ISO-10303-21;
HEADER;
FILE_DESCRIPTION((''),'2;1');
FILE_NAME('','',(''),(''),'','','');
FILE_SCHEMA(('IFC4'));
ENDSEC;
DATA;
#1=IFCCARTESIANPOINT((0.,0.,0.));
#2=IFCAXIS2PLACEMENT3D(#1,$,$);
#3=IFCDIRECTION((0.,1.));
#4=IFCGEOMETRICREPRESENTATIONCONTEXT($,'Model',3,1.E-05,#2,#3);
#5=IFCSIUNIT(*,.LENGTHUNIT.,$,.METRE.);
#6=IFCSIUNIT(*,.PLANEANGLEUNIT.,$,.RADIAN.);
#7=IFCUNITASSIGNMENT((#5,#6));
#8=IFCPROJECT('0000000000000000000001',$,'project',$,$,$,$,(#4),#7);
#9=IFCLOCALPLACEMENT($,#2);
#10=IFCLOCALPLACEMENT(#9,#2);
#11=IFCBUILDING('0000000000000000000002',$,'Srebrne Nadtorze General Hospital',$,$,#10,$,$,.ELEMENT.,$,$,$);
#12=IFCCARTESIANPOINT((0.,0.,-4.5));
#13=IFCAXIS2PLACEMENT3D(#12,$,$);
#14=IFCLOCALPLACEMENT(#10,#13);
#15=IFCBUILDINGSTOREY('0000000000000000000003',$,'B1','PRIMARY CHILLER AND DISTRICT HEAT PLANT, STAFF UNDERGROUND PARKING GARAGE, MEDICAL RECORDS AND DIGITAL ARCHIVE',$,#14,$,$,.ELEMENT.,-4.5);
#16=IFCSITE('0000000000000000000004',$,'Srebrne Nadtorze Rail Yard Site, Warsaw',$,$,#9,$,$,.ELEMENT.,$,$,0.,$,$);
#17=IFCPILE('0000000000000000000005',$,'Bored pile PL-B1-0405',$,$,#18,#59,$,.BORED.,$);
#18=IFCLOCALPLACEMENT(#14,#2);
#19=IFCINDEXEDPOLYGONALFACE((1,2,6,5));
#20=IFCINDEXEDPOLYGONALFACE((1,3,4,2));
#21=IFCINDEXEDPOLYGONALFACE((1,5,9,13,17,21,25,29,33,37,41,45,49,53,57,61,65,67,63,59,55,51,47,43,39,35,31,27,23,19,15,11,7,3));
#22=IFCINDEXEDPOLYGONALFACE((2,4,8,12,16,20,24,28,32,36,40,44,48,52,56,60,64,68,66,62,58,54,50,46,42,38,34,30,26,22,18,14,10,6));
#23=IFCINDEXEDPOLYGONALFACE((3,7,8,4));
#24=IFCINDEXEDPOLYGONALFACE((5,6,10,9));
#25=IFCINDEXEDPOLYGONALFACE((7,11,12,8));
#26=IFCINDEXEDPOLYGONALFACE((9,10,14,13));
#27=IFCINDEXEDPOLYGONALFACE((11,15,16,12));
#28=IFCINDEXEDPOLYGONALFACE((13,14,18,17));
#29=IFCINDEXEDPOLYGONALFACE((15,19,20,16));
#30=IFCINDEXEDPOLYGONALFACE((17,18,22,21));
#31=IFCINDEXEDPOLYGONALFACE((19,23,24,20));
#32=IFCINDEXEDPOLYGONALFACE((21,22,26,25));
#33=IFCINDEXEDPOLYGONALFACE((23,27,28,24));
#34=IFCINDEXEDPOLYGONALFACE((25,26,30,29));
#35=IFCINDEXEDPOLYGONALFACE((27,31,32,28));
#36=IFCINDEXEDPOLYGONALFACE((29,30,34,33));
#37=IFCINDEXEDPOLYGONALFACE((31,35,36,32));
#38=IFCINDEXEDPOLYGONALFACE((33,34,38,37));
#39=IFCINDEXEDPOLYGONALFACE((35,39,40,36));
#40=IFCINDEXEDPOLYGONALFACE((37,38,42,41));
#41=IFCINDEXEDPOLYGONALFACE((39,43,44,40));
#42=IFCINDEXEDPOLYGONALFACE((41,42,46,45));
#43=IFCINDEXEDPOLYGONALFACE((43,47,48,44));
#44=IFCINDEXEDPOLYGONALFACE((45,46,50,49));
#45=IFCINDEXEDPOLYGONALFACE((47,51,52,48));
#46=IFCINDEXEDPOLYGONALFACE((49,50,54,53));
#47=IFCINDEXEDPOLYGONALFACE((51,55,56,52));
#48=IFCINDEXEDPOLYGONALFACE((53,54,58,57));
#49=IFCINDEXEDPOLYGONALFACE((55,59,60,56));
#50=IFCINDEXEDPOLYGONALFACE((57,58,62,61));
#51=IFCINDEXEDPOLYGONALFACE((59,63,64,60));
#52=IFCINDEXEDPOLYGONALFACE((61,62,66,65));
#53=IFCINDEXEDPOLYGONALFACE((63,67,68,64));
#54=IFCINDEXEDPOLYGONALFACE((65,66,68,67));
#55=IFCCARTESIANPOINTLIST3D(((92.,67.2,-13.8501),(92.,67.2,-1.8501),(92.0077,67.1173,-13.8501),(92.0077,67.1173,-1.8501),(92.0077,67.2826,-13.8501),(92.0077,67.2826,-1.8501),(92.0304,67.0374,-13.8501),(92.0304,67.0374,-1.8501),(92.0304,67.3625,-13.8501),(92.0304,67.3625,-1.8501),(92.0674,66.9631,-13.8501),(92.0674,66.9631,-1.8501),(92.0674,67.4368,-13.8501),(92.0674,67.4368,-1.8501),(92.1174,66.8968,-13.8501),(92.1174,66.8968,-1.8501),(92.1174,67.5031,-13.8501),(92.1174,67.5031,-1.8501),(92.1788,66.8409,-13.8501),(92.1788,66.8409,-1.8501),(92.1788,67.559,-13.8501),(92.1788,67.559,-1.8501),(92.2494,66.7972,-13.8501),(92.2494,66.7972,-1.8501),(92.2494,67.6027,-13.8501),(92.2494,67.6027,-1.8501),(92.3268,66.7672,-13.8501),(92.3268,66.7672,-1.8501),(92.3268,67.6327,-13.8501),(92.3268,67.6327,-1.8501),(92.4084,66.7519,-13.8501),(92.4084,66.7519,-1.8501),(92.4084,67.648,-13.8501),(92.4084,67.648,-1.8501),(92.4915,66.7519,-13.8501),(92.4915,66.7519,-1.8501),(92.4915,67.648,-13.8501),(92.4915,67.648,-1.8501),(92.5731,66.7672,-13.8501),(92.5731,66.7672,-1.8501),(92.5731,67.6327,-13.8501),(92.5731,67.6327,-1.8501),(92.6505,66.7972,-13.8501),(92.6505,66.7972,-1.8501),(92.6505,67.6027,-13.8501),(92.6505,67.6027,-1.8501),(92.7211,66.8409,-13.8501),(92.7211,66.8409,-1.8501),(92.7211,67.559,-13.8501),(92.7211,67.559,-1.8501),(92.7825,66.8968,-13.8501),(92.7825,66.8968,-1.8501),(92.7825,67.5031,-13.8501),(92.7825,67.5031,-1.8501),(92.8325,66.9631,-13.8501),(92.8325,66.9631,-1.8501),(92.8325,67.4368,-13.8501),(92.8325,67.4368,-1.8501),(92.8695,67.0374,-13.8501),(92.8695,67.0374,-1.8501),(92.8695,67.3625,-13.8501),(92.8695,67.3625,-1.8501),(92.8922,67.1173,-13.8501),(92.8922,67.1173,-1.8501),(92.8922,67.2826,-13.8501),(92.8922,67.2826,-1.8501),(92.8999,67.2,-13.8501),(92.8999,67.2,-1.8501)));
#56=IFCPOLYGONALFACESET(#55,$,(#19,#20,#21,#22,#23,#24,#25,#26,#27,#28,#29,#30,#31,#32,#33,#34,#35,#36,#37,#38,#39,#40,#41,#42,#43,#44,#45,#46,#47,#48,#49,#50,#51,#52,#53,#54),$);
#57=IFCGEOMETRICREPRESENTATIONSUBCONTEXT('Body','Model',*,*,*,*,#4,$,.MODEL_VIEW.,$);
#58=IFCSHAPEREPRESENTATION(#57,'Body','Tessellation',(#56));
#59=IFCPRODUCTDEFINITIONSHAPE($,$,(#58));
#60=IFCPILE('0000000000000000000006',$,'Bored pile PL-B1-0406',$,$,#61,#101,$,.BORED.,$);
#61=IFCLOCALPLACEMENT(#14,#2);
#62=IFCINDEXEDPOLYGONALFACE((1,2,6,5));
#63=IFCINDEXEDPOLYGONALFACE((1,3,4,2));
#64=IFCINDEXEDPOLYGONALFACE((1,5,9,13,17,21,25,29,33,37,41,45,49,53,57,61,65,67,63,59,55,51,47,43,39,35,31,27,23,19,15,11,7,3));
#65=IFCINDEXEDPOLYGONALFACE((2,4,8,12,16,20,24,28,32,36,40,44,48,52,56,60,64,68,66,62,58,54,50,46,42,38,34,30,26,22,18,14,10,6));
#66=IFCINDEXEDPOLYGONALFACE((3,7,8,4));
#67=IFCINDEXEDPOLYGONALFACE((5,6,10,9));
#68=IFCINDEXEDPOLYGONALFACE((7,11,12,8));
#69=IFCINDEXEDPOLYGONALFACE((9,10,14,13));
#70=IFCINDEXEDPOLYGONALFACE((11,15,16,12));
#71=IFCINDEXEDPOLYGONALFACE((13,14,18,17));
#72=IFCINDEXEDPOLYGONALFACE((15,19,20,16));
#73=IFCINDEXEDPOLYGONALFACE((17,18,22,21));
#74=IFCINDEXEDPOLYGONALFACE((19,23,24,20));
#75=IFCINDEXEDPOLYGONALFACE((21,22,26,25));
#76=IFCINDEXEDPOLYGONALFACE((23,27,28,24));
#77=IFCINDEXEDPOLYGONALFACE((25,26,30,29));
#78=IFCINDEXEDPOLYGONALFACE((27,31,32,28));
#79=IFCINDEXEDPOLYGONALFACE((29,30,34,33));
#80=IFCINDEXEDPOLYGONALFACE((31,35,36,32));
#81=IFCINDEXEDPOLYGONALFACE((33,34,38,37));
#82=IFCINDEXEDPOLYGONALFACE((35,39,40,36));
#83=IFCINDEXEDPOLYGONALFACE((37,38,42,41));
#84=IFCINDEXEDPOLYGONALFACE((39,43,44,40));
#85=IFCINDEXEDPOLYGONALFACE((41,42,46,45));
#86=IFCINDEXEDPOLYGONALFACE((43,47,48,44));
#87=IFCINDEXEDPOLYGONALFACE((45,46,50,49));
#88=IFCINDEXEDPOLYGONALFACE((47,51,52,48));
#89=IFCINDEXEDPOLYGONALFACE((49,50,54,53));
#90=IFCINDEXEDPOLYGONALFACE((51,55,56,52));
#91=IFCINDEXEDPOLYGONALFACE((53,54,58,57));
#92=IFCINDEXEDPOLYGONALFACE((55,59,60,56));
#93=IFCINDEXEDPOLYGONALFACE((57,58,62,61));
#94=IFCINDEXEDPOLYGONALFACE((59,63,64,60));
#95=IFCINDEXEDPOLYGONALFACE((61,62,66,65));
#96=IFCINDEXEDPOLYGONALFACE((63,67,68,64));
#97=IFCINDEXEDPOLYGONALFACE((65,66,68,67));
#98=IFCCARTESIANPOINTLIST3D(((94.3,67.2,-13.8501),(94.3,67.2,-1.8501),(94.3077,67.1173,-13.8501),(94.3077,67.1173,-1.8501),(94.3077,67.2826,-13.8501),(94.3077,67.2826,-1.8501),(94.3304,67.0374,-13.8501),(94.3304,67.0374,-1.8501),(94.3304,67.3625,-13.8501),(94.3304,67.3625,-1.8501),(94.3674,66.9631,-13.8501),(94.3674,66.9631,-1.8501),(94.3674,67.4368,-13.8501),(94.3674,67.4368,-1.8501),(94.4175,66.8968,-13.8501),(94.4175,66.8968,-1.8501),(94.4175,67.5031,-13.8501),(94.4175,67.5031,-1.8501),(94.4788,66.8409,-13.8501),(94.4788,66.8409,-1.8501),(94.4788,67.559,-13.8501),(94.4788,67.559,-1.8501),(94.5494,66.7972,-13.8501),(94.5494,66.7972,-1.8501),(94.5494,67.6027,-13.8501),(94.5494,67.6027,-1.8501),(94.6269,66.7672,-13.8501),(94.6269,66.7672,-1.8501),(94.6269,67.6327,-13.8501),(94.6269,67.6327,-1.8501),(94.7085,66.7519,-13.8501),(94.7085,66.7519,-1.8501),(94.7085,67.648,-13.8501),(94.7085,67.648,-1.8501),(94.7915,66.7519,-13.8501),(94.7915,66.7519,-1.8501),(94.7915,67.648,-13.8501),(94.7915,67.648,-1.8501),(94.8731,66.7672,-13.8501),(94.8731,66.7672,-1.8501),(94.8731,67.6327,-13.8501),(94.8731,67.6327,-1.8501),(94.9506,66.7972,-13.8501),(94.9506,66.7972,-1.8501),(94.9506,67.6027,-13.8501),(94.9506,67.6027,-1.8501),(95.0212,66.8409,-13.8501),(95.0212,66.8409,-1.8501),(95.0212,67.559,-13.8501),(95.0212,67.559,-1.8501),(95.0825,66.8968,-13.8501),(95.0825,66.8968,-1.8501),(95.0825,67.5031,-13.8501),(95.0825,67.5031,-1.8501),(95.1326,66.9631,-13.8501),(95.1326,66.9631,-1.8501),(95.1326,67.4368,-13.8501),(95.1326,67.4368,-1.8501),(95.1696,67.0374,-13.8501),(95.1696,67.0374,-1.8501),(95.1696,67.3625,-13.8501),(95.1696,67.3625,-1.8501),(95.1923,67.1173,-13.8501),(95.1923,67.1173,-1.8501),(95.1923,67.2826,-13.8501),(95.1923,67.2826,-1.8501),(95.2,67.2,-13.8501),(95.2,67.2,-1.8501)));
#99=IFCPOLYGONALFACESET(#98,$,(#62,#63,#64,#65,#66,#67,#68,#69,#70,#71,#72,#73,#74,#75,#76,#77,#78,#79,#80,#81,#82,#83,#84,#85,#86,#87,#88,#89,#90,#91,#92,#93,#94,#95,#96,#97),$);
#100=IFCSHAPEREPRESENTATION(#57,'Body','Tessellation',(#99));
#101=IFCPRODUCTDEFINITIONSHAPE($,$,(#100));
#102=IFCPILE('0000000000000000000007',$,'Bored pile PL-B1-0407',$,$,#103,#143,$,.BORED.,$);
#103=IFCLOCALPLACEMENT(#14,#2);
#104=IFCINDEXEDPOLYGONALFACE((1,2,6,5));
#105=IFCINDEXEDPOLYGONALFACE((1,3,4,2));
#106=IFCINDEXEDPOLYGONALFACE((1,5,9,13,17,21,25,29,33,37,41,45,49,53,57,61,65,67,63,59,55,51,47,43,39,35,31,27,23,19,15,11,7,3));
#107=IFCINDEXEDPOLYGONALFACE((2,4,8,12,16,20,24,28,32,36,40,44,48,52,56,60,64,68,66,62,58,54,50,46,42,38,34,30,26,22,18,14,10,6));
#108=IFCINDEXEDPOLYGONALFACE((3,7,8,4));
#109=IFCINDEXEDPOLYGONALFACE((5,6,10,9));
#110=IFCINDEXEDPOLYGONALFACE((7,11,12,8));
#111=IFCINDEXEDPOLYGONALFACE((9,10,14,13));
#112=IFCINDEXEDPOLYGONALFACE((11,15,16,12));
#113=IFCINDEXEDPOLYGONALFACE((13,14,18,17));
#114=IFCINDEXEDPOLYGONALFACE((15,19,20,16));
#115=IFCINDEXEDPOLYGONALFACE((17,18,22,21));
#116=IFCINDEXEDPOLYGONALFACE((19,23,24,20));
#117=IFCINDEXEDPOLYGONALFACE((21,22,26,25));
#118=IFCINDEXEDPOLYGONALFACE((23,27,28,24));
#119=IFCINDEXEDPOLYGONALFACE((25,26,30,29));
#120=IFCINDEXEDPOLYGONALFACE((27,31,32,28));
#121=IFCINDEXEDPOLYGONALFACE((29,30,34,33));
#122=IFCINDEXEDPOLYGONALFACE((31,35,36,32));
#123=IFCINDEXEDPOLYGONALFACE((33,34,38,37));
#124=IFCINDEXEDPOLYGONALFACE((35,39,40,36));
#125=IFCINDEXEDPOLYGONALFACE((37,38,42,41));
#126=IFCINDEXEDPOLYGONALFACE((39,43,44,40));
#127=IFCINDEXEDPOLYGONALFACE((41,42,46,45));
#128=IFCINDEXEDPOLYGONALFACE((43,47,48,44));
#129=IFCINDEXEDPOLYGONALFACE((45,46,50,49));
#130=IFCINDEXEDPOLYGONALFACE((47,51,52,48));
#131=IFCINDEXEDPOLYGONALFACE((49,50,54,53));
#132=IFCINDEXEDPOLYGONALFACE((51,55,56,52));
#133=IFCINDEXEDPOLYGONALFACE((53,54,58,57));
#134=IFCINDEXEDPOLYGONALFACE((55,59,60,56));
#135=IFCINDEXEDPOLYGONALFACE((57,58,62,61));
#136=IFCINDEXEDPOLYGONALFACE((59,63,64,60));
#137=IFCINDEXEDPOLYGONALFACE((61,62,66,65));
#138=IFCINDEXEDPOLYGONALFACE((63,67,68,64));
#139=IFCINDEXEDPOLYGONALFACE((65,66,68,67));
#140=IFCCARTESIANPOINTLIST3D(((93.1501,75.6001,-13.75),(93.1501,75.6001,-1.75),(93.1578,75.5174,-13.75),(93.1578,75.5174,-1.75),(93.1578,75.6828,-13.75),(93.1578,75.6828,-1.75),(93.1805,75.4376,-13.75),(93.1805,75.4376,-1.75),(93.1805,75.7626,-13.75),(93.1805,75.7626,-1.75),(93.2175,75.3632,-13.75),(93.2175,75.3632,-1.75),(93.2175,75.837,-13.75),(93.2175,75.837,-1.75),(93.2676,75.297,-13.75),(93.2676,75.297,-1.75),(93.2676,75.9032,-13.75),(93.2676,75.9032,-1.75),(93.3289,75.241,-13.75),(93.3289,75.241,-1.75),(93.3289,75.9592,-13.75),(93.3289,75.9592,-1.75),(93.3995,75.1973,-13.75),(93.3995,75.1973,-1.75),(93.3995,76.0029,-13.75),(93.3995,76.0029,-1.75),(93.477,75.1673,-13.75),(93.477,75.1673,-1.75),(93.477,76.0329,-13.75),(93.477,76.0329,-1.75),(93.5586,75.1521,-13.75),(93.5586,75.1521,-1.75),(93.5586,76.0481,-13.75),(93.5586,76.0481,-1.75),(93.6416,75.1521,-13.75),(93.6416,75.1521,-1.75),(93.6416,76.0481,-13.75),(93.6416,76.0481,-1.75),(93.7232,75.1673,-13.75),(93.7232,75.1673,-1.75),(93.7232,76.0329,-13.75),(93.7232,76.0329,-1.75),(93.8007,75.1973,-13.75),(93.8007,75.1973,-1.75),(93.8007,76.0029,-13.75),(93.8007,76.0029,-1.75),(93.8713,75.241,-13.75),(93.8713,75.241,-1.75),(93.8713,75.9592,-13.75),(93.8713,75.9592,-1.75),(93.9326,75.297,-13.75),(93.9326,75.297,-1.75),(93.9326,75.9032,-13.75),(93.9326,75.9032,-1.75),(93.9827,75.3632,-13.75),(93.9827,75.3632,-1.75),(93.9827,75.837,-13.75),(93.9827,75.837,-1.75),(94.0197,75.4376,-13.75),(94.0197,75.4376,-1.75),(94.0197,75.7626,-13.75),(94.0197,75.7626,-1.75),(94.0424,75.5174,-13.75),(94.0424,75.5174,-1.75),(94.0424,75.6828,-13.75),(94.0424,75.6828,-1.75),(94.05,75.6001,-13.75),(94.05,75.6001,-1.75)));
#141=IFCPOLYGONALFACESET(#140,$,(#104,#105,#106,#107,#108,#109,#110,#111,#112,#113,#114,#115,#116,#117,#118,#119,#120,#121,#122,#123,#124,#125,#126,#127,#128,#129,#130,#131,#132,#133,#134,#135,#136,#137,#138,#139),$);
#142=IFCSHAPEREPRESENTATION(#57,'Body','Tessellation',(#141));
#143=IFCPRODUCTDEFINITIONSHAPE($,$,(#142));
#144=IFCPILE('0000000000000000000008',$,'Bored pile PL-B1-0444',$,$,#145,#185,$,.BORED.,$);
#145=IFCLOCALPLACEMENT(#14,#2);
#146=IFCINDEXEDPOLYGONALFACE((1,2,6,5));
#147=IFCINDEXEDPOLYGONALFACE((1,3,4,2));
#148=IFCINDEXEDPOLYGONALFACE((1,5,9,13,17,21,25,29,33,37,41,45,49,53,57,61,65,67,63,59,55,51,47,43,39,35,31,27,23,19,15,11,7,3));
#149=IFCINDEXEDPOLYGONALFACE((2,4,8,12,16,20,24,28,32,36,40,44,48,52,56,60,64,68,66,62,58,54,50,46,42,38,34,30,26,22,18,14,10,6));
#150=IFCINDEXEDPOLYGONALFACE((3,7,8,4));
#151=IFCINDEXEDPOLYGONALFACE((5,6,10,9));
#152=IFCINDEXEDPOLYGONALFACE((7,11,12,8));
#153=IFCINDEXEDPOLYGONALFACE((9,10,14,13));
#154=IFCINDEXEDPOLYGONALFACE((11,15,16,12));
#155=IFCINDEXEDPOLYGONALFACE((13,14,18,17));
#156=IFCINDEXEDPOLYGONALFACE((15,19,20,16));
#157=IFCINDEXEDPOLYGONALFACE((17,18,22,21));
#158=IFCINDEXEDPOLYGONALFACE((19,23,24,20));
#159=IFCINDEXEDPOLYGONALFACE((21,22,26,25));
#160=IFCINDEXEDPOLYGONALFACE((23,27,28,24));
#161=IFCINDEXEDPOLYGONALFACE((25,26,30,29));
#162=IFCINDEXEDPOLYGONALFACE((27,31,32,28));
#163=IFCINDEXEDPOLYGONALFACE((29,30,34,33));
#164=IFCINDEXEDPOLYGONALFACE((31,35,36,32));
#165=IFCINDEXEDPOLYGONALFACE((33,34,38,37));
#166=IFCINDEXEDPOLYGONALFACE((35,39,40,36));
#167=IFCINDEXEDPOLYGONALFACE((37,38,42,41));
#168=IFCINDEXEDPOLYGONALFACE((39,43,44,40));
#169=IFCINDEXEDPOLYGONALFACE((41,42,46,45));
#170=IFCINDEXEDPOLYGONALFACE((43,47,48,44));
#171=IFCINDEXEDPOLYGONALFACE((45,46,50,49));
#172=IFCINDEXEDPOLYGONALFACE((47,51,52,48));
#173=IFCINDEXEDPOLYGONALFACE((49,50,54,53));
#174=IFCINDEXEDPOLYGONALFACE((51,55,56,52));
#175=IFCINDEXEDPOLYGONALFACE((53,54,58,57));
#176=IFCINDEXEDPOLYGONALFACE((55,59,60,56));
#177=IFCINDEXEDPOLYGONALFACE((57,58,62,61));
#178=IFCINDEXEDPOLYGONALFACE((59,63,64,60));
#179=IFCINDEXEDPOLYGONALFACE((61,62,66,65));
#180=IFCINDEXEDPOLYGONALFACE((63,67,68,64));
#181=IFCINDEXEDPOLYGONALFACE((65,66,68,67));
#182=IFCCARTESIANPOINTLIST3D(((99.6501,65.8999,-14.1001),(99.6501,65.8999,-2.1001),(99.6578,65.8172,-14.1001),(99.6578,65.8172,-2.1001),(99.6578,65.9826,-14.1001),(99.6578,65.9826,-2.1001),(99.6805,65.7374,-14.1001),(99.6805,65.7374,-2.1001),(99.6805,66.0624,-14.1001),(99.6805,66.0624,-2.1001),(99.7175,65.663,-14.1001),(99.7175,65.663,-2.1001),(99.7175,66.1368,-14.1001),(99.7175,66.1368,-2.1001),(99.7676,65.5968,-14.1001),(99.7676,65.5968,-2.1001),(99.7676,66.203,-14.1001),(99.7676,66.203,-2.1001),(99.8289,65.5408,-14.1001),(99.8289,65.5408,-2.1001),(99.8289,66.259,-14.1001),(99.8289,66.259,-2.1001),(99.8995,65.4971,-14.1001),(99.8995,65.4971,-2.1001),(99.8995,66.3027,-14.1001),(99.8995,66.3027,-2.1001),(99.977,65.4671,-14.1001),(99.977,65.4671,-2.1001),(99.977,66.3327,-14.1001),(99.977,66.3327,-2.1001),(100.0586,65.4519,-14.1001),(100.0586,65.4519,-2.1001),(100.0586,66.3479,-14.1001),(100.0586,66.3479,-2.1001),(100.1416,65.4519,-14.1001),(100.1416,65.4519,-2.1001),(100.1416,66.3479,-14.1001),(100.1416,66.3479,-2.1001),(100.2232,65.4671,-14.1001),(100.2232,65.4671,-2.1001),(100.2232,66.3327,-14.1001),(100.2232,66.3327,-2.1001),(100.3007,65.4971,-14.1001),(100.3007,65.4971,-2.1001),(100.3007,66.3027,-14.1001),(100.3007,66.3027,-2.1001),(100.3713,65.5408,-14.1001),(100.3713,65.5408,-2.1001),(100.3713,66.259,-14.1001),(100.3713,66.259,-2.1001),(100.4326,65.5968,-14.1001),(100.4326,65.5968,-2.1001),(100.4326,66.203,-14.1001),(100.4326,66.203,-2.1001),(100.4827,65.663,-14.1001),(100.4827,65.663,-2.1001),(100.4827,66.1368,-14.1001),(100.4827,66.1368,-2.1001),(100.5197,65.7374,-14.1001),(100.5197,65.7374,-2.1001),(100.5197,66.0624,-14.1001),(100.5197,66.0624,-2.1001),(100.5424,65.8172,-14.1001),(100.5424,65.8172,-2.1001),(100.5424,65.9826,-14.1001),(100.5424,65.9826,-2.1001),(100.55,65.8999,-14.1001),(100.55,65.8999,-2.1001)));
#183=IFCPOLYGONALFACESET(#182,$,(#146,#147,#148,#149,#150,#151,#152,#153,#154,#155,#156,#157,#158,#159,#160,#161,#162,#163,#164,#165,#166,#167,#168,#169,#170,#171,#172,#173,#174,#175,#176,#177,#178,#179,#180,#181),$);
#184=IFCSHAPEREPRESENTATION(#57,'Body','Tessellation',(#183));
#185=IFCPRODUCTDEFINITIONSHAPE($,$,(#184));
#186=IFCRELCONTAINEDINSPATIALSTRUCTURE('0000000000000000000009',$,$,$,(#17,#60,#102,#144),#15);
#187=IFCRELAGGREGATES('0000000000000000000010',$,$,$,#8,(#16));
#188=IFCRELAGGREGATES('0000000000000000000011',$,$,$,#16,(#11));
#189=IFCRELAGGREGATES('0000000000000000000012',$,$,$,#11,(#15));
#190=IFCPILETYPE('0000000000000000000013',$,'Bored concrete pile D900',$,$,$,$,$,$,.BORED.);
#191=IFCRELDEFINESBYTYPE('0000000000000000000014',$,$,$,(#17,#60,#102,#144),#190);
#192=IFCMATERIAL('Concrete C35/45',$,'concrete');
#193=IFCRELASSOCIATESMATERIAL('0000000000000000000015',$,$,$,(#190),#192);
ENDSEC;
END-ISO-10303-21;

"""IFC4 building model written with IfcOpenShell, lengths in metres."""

from ifc_helpers import new_model, si_unit, direction, frame, origin, origin_2d, place, context, subcontext, project, spatial, circle, extrude, material, material_profile, profile_set, type_object, element, save


model = new_model("IFC4")

# Units and contexts
model_context = context("Model", 3, precision=1e-05, world=origin(), true_north=direction((0.0, 1.0)))
body_context = subcontext(model_context, "Body", "Model", "MODEL_VIEW")
ifc_project = project(units=[si_unit("LENGTHUNIT", "METRE"), si_unit("PLANEANGLEUNIT", "RADIAN")], contexts=[model_context])

# Site, building, storey
site_placement = place(None, origin())
site = spatial("IfcSite", under=ifc_project, at=site_placement, Name="Srebrne Nadtorze Rail Yard Site, Warsaw", CompositionType="ELEMENT", RefElevation=0.0)
building_placement = place(site_placement, origin())
building = spatial("IfcBuilding", under=site, at=building_placement, Name="Srebrne Nadtorze General Hospital", CompositionType="ELEMENT")
storey_placement = place(building_placement, frame((0.0, 0.0, -4.5)))
storey = spatial("IfcBuildingStorey", under=building, at=storey_placement, Name="B1", Description="PRIMARY CHILLER AND DISTRICT HEAT PLANT, STAFF UNDERGROUND PARKING GARAGE, MEDICAL RECORDS AND DIGITAL ARCHIVE", CompositionType="ELEMENT", Elevation=-4.5)

# Piles
ifc_material_1 = material(Name="Concrete C35/45", Category="concrete")
ifc_material_profile_1 = material_profile(ifc_material_1, circle(Radius=0.45, at=origin_2d()), Name="PILE-D900")
ifc_profile_set_1 = profile_set([ifc_material_profile_1], Name="Concrete C35/45")
pile_type_1 = type_object("IfcPileType", Name="Bored concrete pile D900", PredefinedType="BORED", material=ifc_profile_set_1)
for number, where, z_axis, x_axis, name in (
    (1, (92.45, 67.2, -1.8501), (0.0, 0.0, -1.0), (1.0, 0.0, 0.0), "Bored pile PL-B1-0405"),
    (2, (94.75, 67.2, -1.8501), (0.0, 0.0, -1.0), (1.0, 0.0, 0.0), "Bored pile PL-B1-0406"),
    (3, (93.6001, 75.6001, -1.75), (0.0, 0.0, -1.0), (1.0, 0.0, 0.0), "Bored pile PL-B1-0407"),
    (4, (100.1001, 65.8999, -2.1001), (0.0, 0.0, -1.0), (1.0, 0.0, 0.0), "Bored pile PL-B1-0444"),
):
    element("IfcPile", number, at=place(storey_placement, frame(where, z_axis=z_axis, x_axis=x_axis)), inside=storey, type_object=pile_type_1, Name=name, PredefinedType="BORED", context=body_context, shape_type="SweptSolid", body=[
        extrude(circle(Radius=0.45, at=origin_2d()), origin(), (0.0, 0.0, 1.0), 12.0),
    ])

save(model, "model.ifc")
